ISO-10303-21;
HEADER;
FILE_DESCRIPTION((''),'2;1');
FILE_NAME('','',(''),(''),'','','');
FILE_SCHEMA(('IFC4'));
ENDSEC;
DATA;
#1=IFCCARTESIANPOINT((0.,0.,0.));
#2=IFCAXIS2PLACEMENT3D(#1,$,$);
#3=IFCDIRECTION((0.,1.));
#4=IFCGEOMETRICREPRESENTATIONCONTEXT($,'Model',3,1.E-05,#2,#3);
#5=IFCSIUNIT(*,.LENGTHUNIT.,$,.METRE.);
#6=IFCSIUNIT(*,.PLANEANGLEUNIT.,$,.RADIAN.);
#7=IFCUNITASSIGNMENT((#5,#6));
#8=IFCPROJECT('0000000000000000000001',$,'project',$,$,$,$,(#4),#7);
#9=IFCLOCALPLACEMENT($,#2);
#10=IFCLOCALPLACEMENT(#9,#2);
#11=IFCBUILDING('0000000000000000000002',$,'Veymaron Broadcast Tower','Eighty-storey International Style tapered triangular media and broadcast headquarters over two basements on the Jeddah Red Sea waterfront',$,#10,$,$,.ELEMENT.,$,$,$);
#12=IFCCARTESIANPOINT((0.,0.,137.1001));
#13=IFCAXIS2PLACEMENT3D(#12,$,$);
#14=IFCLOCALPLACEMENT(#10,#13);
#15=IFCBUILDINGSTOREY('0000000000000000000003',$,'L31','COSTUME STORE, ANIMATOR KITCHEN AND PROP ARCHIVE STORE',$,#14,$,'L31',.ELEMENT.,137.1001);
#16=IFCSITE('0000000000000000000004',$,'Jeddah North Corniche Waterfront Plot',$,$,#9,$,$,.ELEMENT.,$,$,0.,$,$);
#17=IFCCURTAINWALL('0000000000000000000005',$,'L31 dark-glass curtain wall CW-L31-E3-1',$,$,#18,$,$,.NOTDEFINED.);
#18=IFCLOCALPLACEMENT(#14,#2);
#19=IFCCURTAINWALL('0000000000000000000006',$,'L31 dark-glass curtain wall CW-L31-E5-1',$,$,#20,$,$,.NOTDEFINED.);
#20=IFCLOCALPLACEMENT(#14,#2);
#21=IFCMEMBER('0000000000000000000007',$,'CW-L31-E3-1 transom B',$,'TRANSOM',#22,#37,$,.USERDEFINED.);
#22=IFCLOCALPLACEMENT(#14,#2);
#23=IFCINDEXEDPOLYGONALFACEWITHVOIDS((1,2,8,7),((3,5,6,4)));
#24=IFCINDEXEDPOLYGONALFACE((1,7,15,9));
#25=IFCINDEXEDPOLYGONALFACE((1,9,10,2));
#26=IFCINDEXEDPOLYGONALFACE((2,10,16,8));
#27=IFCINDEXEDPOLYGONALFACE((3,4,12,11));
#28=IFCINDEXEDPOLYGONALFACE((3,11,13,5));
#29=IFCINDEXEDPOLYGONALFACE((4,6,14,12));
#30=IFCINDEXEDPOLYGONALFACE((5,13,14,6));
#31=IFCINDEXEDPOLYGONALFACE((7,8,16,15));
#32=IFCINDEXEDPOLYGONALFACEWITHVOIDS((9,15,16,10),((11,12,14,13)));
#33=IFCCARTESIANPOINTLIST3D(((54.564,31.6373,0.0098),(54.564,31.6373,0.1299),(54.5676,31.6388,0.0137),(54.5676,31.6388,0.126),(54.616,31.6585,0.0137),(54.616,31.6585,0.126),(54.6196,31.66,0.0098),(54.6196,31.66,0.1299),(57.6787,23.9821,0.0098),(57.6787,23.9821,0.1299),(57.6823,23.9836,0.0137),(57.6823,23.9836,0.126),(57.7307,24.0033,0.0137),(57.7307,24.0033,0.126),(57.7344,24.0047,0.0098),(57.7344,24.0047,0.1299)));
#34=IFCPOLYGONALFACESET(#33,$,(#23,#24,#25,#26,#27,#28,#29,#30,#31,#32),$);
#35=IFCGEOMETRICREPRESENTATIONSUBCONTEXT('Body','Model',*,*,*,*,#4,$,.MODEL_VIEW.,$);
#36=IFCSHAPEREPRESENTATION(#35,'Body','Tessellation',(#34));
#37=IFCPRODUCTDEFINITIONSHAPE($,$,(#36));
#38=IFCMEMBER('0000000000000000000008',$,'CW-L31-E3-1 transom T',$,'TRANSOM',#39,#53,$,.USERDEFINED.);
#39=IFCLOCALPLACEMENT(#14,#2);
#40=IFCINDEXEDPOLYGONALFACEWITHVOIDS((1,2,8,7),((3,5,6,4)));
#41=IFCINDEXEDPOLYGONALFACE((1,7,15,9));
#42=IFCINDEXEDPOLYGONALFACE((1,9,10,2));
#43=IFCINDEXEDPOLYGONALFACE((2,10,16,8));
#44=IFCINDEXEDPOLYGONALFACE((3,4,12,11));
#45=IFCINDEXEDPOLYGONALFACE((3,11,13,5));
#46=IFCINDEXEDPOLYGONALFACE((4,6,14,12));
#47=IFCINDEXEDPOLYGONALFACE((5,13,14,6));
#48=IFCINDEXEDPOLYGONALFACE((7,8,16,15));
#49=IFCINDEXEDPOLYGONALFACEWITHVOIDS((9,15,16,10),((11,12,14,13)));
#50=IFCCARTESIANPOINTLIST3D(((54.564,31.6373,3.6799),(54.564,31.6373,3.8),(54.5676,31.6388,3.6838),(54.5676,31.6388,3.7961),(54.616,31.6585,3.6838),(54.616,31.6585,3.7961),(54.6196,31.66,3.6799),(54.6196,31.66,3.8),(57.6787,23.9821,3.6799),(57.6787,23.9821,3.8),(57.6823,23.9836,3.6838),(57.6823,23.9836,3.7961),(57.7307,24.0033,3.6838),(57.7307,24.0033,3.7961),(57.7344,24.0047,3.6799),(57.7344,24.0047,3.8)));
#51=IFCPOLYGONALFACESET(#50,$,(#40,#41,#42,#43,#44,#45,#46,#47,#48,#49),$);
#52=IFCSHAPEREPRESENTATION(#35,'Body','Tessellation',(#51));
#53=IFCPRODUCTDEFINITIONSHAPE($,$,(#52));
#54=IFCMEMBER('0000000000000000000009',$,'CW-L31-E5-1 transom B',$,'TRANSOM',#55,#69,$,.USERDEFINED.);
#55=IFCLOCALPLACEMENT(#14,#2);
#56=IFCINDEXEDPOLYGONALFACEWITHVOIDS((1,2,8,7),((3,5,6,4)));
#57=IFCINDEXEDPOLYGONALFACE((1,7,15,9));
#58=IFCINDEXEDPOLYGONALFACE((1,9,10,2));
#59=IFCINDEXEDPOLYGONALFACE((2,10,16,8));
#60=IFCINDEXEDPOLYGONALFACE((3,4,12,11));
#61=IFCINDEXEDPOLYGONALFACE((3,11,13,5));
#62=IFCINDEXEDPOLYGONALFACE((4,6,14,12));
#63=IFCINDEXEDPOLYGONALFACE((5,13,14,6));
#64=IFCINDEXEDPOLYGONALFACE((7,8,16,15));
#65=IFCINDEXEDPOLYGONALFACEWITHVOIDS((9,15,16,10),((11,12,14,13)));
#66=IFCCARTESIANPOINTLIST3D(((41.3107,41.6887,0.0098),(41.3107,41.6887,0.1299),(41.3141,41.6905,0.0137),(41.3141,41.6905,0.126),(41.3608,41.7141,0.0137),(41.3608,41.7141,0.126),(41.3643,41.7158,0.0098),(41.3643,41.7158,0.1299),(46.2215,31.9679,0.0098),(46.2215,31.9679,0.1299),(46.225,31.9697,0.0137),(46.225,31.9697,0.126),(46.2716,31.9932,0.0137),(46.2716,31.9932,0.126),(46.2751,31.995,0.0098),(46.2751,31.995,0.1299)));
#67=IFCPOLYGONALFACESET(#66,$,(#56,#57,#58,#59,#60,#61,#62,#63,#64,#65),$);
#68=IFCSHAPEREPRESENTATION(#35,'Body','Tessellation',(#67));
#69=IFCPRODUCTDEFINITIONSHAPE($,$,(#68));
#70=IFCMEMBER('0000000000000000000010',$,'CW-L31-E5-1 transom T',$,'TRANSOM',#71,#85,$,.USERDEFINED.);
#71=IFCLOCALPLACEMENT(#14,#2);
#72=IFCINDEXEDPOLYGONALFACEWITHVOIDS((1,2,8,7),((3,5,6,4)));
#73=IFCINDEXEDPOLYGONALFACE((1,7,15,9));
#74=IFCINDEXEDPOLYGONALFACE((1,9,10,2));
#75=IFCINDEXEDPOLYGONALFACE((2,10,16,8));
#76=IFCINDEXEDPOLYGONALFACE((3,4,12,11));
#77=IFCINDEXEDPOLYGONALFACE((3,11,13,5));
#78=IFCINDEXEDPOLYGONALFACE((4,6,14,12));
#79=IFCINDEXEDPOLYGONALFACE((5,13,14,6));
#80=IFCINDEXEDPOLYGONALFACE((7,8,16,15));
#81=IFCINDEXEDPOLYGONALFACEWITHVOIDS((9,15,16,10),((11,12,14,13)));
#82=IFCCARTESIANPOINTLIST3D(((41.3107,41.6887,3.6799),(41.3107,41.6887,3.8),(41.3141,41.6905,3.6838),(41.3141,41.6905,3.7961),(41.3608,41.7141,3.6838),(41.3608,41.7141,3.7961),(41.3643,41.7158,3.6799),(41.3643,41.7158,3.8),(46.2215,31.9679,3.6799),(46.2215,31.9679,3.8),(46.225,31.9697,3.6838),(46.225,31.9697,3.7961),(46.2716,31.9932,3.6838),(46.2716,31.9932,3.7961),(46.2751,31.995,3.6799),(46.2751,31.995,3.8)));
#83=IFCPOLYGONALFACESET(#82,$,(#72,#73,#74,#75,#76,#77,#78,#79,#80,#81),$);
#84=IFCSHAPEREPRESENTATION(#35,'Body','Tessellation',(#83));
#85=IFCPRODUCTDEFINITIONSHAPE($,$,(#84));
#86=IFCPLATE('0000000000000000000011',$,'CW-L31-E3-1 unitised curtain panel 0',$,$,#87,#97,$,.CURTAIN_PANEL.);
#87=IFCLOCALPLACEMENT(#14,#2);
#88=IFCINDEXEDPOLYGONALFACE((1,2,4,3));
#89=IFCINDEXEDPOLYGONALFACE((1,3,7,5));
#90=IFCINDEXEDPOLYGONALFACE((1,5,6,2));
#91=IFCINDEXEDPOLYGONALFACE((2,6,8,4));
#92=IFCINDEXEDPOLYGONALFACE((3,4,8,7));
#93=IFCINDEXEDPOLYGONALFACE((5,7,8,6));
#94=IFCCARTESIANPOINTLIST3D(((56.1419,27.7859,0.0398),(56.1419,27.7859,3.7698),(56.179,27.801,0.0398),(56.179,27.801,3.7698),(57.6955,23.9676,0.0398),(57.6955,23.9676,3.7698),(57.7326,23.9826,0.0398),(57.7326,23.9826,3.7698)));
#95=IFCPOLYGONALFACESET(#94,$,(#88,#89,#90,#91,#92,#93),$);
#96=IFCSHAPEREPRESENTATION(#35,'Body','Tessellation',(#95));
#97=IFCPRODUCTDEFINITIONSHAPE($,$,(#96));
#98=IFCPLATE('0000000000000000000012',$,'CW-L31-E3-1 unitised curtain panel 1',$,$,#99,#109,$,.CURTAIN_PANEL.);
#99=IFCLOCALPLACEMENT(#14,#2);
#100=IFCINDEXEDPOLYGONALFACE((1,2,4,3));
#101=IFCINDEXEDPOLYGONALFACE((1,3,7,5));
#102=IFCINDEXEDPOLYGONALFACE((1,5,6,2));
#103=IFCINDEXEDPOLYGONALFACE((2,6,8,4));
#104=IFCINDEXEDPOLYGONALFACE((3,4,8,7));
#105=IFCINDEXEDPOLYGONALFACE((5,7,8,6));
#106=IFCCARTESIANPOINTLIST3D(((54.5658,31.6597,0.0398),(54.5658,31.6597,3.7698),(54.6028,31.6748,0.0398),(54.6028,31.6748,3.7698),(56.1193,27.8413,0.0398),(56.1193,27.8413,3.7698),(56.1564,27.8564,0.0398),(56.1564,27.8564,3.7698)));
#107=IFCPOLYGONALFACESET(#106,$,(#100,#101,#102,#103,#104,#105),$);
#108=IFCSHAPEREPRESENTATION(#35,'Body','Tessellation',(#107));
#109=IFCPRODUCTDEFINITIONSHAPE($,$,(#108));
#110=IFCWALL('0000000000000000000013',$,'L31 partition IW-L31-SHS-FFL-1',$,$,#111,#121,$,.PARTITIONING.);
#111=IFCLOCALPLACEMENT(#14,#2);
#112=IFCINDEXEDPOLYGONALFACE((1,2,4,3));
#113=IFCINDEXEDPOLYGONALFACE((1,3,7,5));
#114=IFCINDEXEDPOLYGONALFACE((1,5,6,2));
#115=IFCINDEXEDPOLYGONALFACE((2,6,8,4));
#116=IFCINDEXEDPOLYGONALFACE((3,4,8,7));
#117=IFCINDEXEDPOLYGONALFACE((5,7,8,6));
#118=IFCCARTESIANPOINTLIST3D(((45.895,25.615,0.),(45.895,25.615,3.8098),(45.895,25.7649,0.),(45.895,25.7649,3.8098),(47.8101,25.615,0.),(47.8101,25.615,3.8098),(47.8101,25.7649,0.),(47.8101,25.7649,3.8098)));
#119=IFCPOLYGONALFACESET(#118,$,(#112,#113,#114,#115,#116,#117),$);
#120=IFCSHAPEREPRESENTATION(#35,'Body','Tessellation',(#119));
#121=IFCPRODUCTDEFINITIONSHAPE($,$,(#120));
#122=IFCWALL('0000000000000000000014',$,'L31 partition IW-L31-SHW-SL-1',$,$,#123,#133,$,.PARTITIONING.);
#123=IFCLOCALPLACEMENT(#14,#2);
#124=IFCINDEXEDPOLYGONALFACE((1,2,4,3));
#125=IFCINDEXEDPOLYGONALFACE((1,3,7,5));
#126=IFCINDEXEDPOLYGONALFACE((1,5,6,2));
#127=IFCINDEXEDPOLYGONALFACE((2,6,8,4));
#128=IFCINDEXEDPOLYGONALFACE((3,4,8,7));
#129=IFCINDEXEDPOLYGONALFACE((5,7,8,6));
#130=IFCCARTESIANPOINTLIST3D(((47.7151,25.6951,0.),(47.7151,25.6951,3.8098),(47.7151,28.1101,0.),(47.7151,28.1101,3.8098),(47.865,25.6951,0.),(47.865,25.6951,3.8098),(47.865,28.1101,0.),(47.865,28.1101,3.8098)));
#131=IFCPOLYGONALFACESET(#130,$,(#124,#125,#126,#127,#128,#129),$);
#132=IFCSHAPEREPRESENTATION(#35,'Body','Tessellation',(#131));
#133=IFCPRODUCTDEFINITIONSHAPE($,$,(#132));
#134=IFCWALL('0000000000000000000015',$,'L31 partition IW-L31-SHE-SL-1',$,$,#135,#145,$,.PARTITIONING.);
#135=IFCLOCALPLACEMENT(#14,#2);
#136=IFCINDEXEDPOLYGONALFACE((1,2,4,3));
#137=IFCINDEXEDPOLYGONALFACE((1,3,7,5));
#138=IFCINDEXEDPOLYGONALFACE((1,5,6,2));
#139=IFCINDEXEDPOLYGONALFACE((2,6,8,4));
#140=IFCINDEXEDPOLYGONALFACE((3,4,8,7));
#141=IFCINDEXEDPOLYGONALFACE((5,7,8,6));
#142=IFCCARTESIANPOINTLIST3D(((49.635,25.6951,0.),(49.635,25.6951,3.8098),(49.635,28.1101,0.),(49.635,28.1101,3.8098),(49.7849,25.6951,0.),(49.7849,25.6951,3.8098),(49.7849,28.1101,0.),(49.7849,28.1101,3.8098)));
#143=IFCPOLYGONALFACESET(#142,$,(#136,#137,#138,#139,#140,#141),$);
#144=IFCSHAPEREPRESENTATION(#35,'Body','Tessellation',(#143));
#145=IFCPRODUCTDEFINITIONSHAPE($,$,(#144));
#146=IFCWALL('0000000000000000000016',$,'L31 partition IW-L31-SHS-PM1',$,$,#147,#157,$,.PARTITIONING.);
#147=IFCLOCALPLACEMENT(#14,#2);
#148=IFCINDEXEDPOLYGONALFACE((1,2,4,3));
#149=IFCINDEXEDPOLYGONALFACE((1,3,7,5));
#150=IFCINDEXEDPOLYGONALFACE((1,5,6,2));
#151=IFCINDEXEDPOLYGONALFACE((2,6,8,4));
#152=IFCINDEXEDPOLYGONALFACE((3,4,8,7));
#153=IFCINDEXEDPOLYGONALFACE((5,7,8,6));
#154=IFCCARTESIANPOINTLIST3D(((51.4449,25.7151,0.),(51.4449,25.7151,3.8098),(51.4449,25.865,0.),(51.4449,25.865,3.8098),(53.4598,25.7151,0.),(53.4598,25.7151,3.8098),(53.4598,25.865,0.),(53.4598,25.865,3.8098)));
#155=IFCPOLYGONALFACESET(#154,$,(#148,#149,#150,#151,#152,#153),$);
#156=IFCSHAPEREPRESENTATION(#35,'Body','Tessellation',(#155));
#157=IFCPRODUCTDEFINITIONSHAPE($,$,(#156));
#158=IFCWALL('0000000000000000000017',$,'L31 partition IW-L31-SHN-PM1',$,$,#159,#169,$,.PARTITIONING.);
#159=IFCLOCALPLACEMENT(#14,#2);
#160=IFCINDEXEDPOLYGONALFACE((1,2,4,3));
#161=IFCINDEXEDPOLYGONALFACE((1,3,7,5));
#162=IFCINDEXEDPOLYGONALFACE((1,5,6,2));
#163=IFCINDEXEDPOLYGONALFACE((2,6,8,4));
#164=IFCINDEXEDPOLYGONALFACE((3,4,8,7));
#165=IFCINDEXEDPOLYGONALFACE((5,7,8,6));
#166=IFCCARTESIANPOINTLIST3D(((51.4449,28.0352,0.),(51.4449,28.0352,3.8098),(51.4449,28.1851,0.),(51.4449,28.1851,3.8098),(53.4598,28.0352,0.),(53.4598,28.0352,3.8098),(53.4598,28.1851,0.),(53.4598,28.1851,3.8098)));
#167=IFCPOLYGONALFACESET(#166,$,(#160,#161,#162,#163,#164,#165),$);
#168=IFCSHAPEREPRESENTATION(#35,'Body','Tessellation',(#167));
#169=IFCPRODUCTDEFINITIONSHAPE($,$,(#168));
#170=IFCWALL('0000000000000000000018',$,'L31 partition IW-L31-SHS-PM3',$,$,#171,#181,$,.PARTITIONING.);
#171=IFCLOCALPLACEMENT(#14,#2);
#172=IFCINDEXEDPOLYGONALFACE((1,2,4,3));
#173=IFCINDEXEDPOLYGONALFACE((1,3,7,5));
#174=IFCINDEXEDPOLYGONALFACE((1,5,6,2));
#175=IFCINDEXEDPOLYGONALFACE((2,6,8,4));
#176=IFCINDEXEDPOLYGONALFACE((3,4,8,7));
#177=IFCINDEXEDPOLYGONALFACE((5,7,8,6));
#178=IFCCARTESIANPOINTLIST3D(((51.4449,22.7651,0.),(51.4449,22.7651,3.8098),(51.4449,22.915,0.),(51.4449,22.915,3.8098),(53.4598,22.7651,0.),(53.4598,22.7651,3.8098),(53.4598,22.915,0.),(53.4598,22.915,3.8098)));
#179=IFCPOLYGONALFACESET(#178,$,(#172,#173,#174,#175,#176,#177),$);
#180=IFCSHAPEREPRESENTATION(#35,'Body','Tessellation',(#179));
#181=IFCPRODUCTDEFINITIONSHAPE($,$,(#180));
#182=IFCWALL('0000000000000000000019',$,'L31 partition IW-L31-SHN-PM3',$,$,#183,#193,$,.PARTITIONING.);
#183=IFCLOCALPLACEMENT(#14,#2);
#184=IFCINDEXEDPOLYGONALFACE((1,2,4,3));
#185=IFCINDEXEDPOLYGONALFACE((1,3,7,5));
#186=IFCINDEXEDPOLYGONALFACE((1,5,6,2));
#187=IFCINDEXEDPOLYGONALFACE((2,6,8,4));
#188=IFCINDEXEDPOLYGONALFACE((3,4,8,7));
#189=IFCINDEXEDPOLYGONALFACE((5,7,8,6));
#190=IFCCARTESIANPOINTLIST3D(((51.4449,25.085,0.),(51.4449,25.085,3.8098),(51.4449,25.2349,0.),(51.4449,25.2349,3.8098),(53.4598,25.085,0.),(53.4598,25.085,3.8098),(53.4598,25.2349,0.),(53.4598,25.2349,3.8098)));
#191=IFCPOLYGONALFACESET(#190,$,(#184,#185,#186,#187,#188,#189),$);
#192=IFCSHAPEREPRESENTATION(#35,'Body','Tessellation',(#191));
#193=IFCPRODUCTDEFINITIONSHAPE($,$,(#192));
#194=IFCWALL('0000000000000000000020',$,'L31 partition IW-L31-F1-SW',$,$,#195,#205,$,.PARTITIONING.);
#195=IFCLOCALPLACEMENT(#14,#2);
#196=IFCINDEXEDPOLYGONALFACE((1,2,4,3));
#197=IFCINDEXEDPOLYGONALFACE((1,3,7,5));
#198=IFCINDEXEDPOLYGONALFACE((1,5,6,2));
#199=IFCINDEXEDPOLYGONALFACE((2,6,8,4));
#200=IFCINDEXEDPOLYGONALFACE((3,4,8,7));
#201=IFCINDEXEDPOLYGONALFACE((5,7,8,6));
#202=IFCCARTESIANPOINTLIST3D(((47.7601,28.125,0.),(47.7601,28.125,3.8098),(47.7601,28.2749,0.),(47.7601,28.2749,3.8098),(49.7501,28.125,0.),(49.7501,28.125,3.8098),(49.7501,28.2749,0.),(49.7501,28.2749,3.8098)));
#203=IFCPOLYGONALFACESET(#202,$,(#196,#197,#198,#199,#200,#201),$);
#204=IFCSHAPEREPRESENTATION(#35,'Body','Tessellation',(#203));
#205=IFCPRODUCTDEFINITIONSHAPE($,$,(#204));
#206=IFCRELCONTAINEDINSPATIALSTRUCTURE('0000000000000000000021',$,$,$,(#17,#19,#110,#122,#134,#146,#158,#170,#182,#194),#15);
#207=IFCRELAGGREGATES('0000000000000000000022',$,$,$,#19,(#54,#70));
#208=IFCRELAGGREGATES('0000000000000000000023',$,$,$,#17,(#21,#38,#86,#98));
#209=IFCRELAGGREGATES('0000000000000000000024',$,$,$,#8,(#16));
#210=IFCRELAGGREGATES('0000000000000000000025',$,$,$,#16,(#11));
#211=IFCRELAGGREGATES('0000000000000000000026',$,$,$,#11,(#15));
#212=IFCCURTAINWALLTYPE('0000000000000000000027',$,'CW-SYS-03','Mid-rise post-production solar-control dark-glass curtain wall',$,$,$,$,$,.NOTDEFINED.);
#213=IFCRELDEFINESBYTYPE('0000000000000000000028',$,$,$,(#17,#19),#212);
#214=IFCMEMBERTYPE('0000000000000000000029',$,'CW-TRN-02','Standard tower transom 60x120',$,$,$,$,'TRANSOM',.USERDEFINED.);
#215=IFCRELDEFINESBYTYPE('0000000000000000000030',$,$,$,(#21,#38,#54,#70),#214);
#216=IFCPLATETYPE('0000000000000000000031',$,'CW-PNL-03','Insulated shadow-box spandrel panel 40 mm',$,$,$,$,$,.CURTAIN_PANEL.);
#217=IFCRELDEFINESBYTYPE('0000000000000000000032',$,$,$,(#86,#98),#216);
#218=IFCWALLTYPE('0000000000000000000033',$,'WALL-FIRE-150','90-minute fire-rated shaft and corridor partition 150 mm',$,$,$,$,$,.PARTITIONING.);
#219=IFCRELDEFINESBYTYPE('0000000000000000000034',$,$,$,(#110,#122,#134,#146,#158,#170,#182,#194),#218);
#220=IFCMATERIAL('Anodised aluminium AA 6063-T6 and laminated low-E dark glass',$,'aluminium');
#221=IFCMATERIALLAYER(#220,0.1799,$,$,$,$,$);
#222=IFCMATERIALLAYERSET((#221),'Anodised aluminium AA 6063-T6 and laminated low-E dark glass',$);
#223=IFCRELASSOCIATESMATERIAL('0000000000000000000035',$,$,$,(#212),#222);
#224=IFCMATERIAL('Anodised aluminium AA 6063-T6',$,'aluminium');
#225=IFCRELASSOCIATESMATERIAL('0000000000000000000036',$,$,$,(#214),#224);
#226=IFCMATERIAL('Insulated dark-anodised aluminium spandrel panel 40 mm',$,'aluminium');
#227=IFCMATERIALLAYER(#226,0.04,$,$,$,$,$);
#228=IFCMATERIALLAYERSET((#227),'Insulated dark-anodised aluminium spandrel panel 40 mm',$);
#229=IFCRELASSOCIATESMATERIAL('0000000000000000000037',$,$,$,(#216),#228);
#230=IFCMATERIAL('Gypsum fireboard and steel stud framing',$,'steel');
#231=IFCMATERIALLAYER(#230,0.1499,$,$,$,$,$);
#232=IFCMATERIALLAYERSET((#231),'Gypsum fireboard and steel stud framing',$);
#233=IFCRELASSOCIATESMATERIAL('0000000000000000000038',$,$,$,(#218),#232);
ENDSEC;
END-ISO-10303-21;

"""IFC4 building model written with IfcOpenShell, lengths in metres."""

from ifc_helpers import new_model, si_unit, direction, frame, frame_2d, origin, origin_2d, place, context, subcontext, project, spatial, rectangle, hollow_rectangle, extrude, material, layer, layer_set, material_profile, profile_set, type_object, element, aggregate, save


model = new_model("IFC4")

# Units and contexts
model_context = context("Model", 3, precision=1e-05, world=origin(), true_north=direction((0.0, 1.0)))
body_context = subcontext(model_context, "Body", "Model", "MODEL_VIEW")
ifc_project = project(units=[si_unit("LENGTHUNIT", "METRE"), si_unit("PLANEANGLEUNIT", "RADIAN")], contexts=[model_context])

# Site, building, storey
site_placement = place(None, origin())
site = spatial("IfcSite", under=ifc_project, at=site_placement, Name="Jeddah North Corniche Waterfront Plot", CompositionType="ELEMENT", RefElevation=0.0)
building_placement = place(site_placement, origin())
building = spatial("IfcBuilding", under=site, at=building_placement, Name="Veymaron Broadcast Tower", Description="Eighty-storey International Style tapered triangular media and broadcast headquarters over two basements on the Jeddah Red Sea waterfront", CompositionType="ELEMENT")
storey_placement = place(building_placement, frame((0.0, 0.0, 137.1001)))
storey = spatial("IfcBuildingStorey", under=building, at=storey_placement, Name="L31", Description="COSTUME STORE, ANIMATOR KITCHEN AND PROP ARCHIVE STORE", LongName="L31", CompositionType="ELEMENT", Elevation=137.1001)

# Shared definitions
ifc_material_1 = material(Name="Anodised aluminium AA 6063-T6 and laminated low-E dark glass", Category="aluminium")
ifc_layer_1 = layer(ifc_material_1, 0.1799)
ifc_layer_set_1 = layer_set([ifc_layer_1], Name="Anodised aluminium AA 6063-T6 and laminated low-E dark glass")
curtain_wall_type = type_object("IfcCurtainWallType", Name="CW-SYS-03", Description="Mid-rise post-production solar-control dark-glass curtain wall", PredefinedType="NOTDEFINED", material=ifc_layer_set_1)
ifc_material_2 = material(Name="Anodised aluminium AA 6063-T6", Category="aluminium")

# Curtain wall
curtain_wall_1_placement = place(storey_placement, origin())
curtain_wall_1 = element("IfcCurtainWall", 1, at=curtain_wall_1_placement, inside=storey, type_object=curtain_wall_type, Name="L31 dark-glass curtain wall CW-L31-E3-1", PredefinedType="NOTDEFINED")

# Curtain wall
curtain_wall_2_placement = place(storey_placement, origin())
curtain_wall_2 = element("IfcCurtainWall", 2, at=curtain_wall_2_placement, inside=storey, type_object=curtain_wall_type, Name="L31 dark-glass curtain wall CW-L31-E5-1", PredefinedType="NOTDEFINED")

# Members
ifc_material_profile_1 = material_profile(ifc_material_2, hollow_rectangle(XDim=0.0601, YDim=0.1201, WallThickness=0.0039, at=origin_2d()), Name="AL120X60X4")
ifc_profile_set_1 = profile_set([ifc_material_profile_1], Name="Anodised aluminium AA 6063-T6")
member_type_1 = type_object("IfcMemberType", Name="CW-TRN-02", Description="Standard tower transom 60x120", ElementType="TRANSOM", PredefinedType="USERDEFINED", material=ifc_profile_set_1)
member_1_placement = place(storey_placement, frame((57.7065, 23.9934, 0.0698), z_axis=(-0.376875, 0.926264, 0.0), x_axis=(-0.926264, -0.376875, 0.0)))
member_1 = element("IfcMember", 3, at=member_1_placement, type_object=member_type_1, Name="CW-L31-E3-1 transom B", ObjectType="TRANSOM", PredefinedType="USERDEFINED", context=body_context, shape_type="SweptSolid", body=[
    extrude(hollow_rectangle(XDim=0.0601, YDim=0.1201, WallThickness=0.0039, at=origin_2d()), origin(), (0.0, 0.0, 1.0), 8.2646),
])
member_2_placement = place(storey_placement, frame((57.7065, 23.9934, 3.74), z_axis=(-0.376875, 0.926264, 0.0), x_axis=(-0.926264, -0.376875, 0.0)))
member_2 = element("IfcMember", 4, at=member_2_placement, type_object=member_type_1, Name="CW-L31-E3-1 transom T", ObjectType="TRANSOM", PredefinedType="USERDEFINED", context=body_context, shape_type="SweptSolid", body=[
    extrude(hollow_rectangle(XDim=0.0601, YDim=0.1201, WallThickness=0.0039, at=origin_2d()), origin(), (0.0, 0.0, 1.0), 8.2646),
])
member_3_placement = place(storey_placement, frame((46.2483, 31.9814, 0.0698), z_axis=(-0.450913, 0.892568, 0.0), x_axis=(-0.892568, -0.450913, 0.0)))
member_3 = element("IfcMember", 5, at=member_3_placement, type_object=member_type_1, Name="CW-L31-E5-1 transom B", ObjectType="TRANSOM", PredefinedType="USERDEFINED", context=body_context, shape_type="SweptSolid", body=[
    extrude(hollow_rectangle(XDim=0.0601, YDim=0.1201, WallThickness=0.0039, at=origin_2d()), origin(), (0.0, 0.0, 1.0), 10.8909),
])
member_4_placement = place(storey_placement, frame((46.2483, 31.9814, 3.74), z_axis=(-0.450913, 0.892568, 0.0), x_axis=(-0.892568, -0.450913, 0.0)))
member_4 = element("IfcMember", 6, at=member_4_placement, type_object=member_type_1, Name="CW-L31-E5-1 transom T", ObjectType="TRANSOM", PredefinedType="USERDEFINED", context=body_context, shape_type="SweptSolid", body=[
    extrude(hollow_rectangle(XDim=0.0601, YDim=0.1201, WallThickness=0.0039, at=origin_2d()), origin(), (0.0, 0.0, 1.0), 10.8909),
])
aggregate(curtain_wall_2, [member_3, member_4])

# Plates
ifc_material_3 = material(Name="Insulated dark-anodised aluminium spandrel panel 40 mm", Category="aluminium")
ifc_layer_2 = layer(ifc_material_3, 0.04)
ifc_layer_set_2 = layer_set([ifc_layer_2], Name="Insulated dark-anodised aluminium spandrel panel 40 mm")
plate_type = type_object("IfcPlateType", Name="CW-PNL-03", Description="Insulated shadow-box spandrel panel 40 mm", PredefinedType="CURTAIN_PANEL", material=ifc_layer_set_2)
plate_1_placement = place(storey_placement, frame((56.9373, 25.8843, 0.0398), z_axis=(0.0, 0.0, 1.0), x_axis=(-0.376871, 0.926266, 0.0)))
plate_1 = element("IfcPlate", 7, at=plate_1_placement, type_object=plate_type, Name="CW-L31-E3-1 unitised curtain panel 0", PredefinedType="CURTAIN_PANEL", context=body_context, shape_type="SweptSolid", body=[
    extrude(rectangle(XDim=4.1223, YDim=0.04, at=origin_2d()), origin(), (0.0, 0.0, 1.0), 3.73),
])
plate_2_placement = place(storey_placement, frame((55.3611, 29.7581, 0.0398), z_axis=(0.0, 0.0, 1.0), x_axis=(-0.376871, 0.926266, 0.0)))
plate_2 = element("IfcPlate", 8, at=plate_2_placement, type_object=plate_type, Name="CW-L31-E3-1 unitised curtain panel 1", PredefinedType="CURTAIN_PANEL", context=body_context, shape_type="SweptSolid", body=[
    extrude(rectangle(XDim=4.1223, YDim=0.04, at=origin_2d()), origin(), (0.0, 0.0, 1.0), 3.73),
])
aggregate(curtain_wall_1, [member_1, member_2, plate_1, plate_2])

# Wall
ifc_material_4 = material(Name="Gypsum fireboard and steel stud framing", Category="steel")
ifc_layer_3 = layer(ifc_material_4, 0.1499)
ifc_layer_set_3 = layer_set([ifc_layer_3], Name="Gypsum fireboard and steel stud framing")
wall_type_1 = type_object("IfcWallType", Name="WALL-FIRE-150", Description="90-minute fire-rated shaft and corridor partition 150 mm", PredefinedType="PARTITIONING", material=ifc_layer_set_3)
wall_1_placement = place(storey_placement, frame((45.895, 25.6899, 0.0), z_axis=(0.0, 0.0, 1.0), x_axis=(1.0, 0.0, 0.0)))
element("IfcWall", 9, at=wall_1_placement, inside=storey, type_object=wall_type_1, Name="L31 partition IW-L31-SHS-FFL-1", PredefinedType="PARTITIONING", context=body_context, shape_type="SweptSolid", body=[
    extrude(rectangle(XDim=1.915, YDim=0.1499, at=frame_2d((0.9575, 0.0))), origin(), (0.0, 0.0, 1.0), 3.8098),
])

# Walls
for number, where, z_axis, x_axis, name in (
    (10, (47.79, 25.6951, 0.0), (0.0, 0.0, 1.0), (0.0, 1.0, 0.0), "L31 partition IW-L31-SHW-SL-1"),
    (11, (49.71, 25.6951, 0.0), (0.0, 0.0, 1.0), (0.0, 1.0, 0.0), "L31 partition IW-L31-SHE-SL-1"),
):
    element("IfcWall", number, at=place(storey_placement, frame(where, z_axis=z_axis, x_axis=x_axis)), inside=storey, type_object=wall_type_1, Name=name, PredefinedType="PARTITIONING", context=body_context, shape_type="SweptSolid", body=[
        extrude(rectangle(XDim=2.415, YDim=0.1499, at=frame_2d((1.2075, 0.0))), origin(), (0.0, 0.0, 1.0), 3.8098),
    ])

# Walls
for number, where, z_axis, x_axis, name in (
    (12, (51.4451, 25.79, 0.0), (0.0, 0.0, 1.0), (1.0, 0.0, 0.0), "L31 partition IW-L31-SHS-PM1"),
    (13, (51.4451, 28.1101, 0.0), (0.0, 0.0, 1.0), (1.0, 0.0, 0.0), "L31 partition IW-L31-SHN-PM1"),
    (14, (51.4451, 22.8401, 0.0), (0.0, 0.0, 1.0), (1.0, 0.0, 0.0), "L31 partition IW-L31-SHS-PM3"),
    (15, (51.4451, 25.1599, 0.0), (0.0, 0.0, 1.0), (1.0, 0.0, 0.0), "L31 partition IW-L31-SHN-PM3"),
):
    element("IfcWall", number, at=place(storey_placement, frame(where, z_axis=z_axis, x_axis=x_axis)), inside=storey, type_object=wall_type_1, Name=name, PredefinedType="PARTITIONING", context=body_context, shape_type="SweptSolid", body=[
        extrude(rectangle(XDim=2.0149, YDim=0.1499, at=frame_2d((1.0073, 0.0))), origin(), (0.0, 0.0, 1.0), 3.8098),
    ])
wall_2_placement = place(storey_placement, frame((47.76, 28.2, 0.0), z_axis=(0.0, 0.0, 1.0), x_axis=(1.0, 0.0, 0.0)))
element("IfcWall", 16, at=wall_2_placement, inside=storey, type_object=wall_type_1, Name="L31 partition IW-L31-F1-SW", PredefinedType="PARTITIONING", context=body_context, shape_type="SweptSolid", body=[
    extrude(rectangle(XDim=1.99, YDim=0.1499, at=frame_2d((0.9951, 0.0))), origin(), (0.0, 0.0, 1.0), 3.8098),
])

save(model, "model.ifc")
